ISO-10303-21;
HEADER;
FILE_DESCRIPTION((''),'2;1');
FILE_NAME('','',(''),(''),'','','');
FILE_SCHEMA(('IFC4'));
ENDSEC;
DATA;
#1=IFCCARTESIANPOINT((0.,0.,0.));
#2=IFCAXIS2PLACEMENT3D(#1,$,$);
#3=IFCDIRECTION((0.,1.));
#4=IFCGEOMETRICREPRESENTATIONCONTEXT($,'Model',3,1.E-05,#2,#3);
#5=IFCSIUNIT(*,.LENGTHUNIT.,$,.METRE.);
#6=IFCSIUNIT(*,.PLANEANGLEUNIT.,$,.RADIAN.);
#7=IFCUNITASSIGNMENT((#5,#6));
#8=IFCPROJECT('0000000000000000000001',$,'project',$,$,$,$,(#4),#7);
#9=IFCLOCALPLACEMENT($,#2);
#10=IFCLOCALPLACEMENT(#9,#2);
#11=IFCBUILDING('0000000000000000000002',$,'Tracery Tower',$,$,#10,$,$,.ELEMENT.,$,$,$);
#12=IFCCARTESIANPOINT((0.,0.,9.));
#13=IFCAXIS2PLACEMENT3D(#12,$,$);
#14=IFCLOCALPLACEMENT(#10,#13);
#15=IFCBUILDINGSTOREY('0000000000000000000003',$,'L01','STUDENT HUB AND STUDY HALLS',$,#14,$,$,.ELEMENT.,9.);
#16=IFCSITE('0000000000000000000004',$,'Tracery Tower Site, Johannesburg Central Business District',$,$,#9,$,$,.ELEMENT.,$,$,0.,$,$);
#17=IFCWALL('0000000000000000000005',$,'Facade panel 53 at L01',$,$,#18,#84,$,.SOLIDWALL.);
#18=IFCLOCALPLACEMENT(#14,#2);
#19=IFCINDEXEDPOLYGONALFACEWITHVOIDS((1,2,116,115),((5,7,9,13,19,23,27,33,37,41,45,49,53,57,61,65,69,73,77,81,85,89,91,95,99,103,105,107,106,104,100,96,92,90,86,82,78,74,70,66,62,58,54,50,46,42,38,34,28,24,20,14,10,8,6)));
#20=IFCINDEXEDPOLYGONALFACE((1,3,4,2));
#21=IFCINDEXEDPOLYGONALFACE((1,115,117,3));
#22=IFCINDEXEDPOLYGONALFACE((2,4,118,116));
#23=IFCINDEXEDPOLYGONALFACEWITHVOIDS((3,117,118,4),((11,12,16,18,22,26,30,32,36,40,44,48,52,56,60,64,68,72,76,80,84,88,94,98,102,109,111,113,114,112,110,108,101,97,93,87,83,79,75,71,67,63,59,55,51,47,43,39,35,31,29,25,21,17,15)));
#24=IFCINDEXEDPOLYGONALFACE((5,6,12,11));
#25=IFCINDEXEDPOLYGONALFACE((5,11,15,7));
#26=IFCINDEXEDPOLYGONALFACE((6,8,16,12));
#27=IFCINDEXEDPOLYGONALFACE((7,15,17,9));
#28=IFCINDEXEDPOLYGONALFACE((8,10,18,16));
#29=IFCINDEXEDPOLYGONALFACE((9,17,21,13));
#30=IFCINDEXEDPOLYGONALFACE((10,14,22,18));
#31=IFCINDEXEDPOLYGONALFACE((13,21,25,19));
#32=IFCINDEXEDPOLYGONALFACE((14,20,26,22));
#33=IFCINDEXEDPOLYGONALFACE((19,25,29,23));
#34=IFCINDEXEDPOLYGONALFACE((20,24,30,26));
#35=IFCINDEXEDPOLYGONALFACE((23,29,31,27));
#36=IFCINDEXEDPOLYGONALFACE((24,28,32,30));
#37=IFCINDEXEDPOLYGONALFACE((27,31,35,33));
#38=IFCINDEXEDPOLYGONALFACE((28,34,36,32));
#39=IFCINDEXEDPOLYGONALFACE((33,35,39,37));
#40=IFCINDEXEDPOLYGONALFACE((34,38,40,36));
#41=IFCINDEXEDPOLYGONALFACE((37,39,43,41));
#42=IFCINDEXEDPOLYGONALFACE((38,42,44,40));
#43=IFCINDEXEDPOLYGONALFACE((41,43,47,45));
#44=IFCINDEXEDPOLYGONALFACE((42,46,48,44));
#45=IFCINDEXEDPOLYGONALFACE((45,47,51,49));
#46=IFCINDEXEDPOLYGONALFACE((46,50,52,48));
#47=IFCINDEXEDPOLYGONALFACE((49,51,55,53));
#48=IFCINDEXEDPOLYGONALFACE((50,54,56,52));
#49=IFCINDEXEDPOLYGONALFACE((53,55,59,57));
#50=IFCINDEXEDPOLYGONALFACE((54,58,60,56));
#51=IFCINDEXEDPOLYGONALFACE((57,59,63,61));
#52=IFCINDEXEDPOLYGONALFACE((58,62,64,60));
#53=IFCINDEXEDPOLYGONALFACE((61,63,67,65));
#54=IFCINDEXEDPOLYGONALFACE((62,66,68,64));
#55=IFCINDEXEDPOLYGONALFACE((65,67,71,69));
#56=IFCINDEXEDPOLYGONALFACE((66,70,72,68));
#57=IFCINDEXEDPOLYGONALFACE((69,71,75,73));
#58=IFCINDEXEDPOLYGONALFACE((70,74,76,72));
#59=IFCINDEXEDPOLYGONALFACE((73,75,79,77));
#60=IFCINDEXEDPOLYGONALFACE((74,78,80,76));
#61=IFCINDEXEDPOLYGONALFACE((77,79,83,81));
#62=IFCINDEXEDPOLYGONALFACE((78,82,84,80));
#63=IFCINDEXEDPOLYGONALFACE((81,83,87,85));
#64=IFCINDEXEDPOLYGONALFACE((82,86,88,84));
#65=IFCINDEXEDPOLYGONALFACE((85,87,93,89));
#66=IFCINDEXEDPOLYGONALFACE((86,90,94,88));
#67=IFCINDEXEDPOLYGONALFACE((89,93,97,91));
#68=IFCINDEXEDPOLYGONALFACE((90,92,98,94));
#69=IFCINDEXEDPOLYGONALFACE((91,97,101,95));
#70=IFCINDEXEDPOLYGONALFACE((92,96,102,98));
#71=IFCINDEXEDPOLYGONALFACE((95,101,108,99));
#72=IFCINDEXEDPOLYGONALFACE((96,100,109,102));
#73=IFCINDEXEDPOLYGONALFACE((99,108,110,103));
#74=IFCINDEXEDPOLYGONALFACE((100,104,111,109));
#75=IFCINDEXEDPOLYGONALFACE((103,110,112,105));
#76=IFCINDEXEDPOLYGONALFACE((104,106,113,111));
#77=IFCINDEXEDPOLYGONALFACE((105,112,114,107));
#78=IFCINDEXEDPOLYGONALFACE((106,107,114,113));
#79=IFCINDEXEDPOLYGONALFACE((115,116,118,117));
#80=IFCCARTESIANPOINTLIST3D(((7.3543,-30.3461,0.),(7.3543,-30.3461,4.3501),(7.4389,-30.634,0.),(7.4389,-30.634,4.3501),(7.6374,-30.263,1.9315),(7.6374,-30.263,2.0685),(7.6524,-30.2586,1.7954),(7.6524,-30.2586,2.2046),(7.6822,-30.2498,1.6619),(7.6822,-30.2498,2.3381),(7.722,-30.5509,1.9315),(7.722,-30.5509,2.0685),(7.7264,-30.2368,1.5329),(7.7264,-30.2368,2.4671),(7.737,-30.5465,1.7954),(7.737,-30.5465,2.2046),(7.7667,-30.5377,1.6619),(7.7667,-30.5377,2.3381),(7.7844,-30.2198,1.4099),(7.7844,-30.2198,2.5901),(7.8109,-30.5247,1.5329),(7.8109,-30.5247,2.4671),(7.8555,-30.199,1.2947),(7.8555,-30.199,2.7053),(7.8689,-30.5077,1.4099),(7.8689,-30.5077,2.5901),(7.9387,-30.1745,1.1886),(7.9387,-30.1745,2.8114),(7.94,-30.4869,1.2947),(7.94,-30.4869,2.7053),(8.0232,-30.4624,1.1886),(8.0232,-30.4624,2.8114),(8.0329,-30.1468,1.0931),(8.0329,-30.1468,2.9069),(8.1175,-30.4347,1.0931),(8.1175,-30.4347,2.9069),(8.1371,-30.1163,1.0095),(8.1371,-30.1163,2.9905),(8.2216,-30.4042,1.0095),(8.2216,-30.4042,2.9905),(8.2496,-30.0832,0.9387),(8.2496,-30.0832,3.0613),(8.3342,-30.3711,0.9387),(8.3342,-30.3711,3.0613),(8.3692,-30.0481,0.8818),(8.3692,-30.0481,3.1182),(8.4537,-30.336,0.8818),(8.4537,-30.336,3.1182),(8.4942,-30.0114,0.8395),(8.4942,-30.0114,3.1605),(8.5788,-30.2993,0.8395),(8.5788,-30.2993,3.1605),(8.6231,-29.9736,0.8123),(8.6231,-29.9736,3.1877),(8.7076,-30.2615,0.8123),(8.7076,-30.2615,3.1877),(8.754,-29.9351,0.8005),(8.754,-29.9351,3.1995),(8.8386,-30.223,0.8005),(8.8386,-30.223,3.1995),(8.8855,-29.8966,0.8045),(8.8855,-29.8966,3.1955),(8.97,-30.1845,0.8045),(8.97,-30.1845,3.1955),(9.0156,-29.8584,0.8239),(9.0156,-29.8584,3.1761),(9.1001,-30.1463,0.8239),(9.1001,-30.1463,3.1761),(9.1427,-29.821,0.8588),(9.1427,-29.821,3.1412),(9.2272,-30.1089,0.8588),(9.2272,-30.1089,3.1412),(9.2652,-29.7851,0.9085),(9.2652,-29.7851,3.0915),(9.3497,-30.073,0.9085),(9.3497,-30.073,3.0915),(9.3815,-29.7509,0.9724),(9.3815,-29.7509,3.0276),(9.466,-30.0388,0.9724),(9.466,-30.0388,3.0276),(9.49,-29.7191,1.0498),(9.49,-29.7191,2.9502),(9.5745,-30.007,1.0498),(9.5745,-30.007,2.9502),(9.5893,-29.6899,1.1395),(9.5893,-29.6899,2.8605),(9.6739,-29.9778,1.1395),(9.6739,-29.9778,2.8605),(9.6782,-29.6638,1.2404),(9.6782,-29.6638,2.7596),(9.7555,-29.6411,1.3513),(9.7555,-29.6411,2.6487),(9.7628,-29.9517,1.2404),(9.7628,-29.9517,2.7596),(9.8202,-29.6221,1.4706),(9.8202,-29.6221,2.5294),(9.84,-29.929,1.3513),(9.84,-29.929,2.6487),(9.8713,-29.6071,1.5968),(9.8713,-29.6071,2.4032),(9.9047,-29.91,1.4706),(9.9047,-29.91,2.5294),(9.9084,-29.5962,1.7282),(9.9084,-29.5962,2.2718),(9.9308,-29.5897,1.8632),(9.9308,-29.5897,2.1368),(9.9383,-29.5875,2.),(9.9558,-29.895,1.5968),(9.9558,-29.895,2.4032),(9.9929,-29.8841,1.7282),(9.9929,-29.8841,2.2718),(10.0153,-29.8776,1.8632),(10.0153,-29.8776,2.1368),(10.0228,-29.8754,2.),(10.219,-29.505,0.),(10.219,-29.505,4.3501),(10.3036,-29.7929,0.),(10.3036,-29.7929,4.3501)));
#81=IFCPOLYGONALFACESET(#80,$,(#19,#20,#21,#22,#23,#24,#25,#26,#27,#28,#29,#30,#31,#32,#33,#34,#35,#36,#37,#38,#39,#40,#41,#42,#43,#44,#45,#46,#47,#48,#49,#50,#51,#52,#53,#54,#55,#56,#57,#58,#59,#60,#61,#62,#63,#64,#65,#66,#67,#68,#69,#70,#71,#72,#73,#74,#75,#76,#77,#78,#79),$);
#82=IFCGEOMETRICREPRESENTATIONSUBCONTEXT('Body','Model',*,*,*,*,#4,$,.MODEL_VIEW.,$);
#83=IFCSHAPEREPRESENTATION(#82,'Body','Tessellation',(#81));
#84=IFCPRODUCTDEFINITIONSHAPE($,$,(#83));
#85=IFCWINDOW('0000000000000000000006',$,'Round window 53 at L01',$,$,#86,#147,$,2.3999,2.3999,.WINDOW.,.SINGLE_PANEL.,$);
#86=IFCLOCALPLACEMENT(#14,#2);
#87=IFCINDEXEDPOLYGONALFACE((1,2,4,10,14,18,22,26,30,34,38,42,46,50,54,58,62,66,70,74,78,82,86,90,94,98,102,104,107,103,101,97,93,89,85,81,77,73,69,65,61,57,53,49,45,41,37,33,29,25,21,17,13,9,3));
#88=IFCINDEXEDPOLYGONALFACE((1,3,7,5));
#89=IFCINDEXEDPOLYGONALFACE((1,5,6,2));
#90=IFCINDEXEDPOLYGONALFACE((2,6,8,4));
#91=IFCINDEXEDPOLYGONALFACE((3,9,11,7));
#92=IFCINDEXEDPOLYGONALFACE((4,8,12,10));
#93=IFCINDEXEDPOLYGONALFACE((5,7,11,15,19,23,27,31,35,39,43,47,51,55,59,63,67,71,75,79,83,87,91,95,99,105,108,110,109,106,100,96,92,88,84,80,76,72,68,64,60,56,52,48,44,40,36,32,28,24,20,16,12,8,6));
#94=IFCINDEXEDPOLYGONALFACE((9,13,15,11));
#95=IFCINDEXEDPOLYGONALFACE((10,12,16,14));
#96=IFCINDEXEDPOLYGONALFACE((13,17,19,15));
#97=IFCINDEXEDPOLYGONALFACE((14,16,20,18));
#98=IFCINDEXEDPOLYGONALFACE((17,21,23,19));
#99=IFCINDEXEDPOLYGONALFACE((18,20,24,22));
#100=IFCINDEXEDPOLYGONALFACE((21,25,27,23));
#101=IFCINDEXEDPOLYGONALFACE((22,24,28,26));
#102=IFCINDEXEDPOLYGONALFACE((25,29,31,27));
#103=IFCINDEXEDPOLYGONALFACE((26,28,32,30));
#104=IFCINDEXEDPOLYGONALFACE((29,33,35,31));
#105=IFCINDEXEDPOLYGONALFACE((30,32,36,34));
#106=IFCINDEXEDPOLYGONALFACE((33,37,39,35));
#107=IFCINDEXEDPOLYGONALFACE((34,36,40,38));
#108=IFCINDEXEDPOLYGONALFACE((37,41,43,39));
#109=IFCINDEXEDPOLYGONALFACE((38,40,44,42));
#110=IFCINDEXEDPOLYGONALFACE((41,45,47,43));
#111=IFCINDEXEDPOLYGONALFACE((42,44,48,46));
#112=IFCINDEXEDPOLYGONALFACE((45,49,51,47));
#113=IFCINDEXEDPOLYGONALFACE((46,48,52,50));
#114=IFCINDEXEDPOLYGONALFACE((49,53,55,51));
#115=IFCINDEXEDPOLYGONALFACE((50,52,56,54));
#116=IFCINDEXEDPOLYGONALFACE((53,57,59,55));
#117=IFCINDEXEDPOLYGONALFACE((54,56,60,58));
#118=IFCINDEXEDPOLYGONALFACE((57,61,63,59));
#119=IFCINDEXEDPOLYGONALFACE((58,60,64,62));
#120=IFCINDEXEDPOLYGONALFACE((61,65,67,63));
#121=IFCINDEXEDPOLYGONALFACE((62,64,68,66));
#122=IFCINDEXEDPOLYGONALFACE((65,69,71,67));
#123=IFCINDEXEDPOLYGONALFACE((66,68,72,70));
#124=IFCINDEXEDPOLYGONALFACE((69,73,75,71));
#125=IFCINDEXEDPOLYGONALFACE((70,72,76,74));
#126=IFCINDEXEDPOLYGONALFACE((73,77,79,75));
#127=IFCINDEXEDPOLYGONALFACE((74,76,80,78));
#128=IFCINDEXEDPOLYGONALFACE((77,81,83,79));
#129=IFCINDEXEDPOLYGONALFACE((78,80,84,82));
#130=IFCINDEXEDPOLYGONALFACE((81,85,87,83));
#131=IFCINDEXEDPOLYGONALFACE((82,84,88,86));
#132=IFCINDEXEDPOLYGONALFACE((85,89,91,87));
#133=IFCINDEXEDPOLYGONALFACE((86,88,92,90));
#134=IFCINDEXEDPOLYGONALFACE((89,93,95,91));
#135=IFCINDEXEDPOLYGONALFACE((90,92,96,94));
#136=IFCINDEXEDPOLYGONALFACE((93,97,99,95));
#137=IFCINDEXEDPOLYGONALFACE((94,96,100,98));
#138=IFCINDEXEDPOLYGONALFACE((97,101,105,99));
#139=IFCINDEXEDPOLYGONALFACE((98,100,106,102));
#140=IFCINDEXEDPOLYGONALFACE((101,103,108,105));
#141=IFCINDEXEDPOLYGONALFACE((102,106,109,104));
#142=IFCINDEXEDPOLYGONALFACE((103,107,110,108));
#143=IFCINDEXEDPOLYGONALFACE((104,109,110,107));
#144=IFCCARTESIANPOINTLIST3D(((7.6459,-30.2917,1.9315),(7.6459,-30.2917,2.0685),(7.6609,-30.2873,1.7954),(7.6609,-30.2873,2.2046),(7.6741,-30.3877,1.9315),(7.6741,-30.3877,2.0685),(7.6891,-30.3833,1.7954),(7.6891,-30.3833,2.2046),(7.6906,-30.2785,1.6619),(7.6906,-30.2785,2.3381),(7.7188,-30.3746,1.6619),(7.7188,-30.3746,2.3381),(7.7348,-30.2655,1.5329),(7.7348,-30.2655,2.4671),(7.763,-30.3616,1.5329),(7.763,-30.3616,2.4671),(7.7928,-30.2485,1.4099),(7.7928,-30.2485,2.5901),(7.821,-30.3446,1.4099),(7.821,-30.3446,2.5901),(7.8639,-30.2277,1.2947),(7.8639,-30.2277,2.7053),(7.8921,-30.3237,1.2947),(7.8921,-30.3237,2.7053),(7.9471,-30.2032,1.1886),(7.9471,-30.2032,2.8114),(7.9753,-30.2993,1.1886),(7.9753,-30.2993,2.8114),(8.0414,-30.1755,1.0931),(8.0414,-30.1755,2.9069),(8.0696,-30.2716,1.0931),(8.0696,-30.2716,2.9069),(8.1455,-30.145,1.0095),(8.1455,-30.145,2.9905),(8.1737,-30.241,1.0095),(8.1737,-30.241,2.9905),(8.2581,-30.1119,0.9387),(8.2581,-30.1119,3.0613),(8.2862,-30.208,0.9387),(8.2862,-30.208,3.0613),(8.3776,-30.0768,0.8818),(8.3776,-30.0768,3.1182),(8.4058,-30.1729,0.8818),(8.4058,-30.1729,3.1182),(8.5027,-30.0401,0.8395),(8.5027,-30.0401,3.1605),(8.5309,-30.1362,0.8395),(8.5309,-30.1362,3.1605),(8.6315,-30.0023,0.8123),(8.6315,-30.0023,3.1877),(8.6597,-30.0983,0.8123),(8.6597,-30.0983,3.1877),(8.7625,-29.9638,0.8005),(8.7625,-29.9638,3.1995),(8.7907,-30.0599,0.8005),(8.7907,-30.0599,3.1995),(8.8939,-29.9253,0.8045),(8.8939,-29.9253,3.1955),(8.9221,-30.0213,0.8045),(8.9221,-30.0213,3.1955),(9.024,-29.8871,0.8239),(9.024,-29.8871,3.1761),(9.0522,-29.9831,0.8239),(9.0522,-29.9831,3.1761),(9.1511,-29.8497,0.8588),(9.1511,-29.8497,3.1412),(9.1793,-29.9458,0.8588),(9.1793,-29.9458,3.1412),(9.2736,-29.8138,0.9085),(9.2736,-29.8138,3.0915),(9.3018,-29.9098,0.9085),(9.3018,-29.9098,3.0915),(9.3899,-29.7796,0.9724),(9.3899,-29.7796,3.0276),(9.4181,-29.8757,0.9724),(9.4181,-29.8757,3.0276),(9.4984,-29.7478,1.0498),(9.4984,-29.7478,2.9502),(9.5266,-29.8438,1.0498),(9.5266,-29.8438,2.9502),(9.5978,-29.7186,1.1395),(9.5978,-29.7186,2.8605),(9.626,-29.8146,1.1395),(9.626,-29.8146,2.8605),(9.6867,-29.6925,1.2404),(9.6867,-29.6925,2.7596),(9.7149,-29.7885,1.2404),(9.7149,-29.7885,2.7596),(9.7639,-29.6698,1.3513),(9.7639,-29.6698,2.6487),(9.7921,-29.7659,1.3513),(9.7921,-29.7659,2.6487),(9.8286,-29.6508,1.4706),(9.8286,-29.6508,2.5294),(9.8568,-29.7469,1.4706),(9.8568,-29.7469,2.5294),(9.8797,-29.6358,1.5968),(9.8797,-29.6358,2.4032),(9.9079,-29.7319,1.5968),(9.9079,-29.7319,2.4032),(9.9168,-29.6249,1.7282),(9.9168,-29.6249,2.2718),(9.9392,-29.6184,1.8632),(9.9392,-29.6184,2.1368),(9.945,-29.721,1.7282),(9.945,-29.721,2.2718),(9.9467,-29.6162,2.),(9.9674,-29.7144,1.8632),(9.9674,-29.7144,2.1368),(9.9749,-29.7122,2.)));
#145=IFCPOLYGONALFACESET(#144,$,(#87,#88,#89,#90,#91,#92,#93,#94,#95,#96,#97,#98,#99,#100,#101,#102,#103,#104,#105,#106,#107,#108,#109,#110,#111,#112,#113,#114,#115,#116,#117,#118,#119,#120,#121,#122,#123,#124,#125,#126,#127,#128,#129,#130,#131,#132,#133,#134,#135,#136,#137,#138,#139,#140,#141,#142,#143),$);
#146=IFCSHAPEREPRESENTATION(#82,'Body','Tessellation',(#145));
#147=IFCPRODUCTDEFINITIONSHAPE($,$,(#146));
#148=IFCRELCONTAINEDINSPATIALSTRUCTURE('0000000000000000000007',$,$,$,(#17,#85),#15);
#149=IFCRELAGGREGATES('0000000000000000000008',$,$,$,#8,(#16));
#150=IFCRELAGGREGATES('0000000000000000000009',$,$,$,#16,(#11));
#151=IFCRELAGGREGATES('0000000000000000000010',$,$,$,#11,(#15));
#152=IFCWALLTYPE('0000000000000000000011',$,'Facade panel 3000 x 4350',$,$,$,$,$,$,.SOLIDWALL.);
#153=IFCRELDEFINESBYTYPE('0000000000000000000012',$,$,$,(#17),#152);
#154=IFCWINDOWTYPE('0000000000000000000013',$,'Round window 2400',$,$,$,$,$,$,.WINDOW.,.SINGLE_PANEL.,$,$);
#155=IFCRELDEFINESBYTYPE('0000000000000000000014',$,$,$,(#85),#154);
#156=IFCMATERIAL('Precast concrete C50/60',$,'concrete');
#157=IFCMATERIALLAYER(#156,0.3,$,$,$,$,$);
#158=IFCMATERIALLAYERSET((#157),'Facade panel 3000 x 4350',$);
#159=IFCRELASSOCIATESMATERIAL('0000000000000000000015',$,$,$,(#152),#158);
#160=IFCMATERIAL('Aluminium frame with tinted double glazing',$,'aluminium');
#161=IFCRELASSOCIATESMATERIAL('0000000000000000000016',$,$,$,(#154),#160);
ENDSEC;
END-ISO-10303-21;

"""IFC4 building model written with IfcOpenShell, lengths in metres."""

from ifc_helpers import new_model, si_unit, direction, frame, frame_2d, origin, origin_2d, place, context, subcontext, project, spatial, rectangle, circle, extrude, material, layer, layer_set, type_object, element, fill, save


model = new_model("IFC4")

# Units and contexts
model_context = context("Model", 3, precision=1e-05, world=origin(), true_north=direction((0.0, 1.0)))
body_context = subcontext(model_context, "Body", "Model", "MODEL_VIEW")
ifc_project = project(units=[si_unit("LENGTHUNIT", "METRE"), si_unit("PLANEANGLEUNIT", "RADIAN")], contexts=[model_context])

# Site, building, storey
site_placement = place(None, origin())
site = spatial("IfcSite", under=ifc_project, at=site_placement, Name="Tracery Tower Site, Johannesburg Central Business District", CompositionType="ELEMENT", RefElevation=0.0)
building_placement = place(site_placement, origin())
building = spatial("IfcBuilding", under=site, at=building_placement, Name="Tracery Tower", CompositionType="ELEMENT")
storey_placement = place(building_placement, frame((0.0, 0.0, 9.0)))
storey = spatial("IfcBuildingStorey", under=building, at=storey_placement, Name="L01", Description="STUDENT HUB AND STUDY HALLS", CompositionType="ELEMENT", Elevation=9.0)

# Wall, opening, window
ifc_material_1 = material(Name="Precast concrete C50/60", Category="concrete")
ifc_layer_1 = layer(ifc_material_1, 0.3)
ifc_layer_set_1 = layer_set([ifc_layer_1], Name="Facade panel 3000 x 4350")
wall_type_1 = type_object("IfcWallType", Name="Facade panel 3000 x 4350", PredefinedType="SOLIDWALL", material=ifc_layer_set_1)
ifc_material_2 = material(Name="Aluminium frame with tinted double glazing", Category="aluminium")
window_type = type_object("IfcWindowType", Name="Round window 2400", PartitioningType="SINGLE_PANEL", PredefinedType="WINDOW", material=ifc_material_2)
wall_1_placement = place(storey_placement, frame((7.3967, -30.49, 0.0), z_axis=(0.0, 0.0, 1.0), x_axis=(0.959502, 0.281701, 0.0)))
wall_1 = element("IfcWall", 1, at=wall_1_placement, inside=storey, type_object=wall_type_1, Name="Facade panel 53 at L01", PredefinedType="SOLIDWALL", context=body_context, shape_type="SweptSolid", body=[
    extrude(rectangle(XDim=2.9856, YDim=0.3, at=frame_2d((1.4927, 0.0))), origin(), (0.0, 0.0, 1.0), 4.3501),
])
opening_1_placement = place(wall_1_placement, frame((1.4929, 0.0, 2.0)))
opening_1 = element("IfcOpeningElement", 2, at=opening_1_placement, cuts=wall_1, PredefinedType="OPENING", context=body_context, shape_type="SweptSolid", body=[
    extrude(circle(Radius=1.2, at=origin_2d()), frame((0.0, 0.1599, 0.0), z_axis=(0.0, -1.0, 0.0), x_axis=(1.0, 0.0, 0.0)), (0.0, 0.0, 1.0), 0.3201),
])
window_1_placement = place(opening_1_placement, origin())
window_1 = element("IfcWindow", 3, at=window_1_placement, inside=storey, type_object=window_type, Name="Round window 53 at L01", OverallHeight=2.3999, OverallWidth=2.3999, PartitioningType="SINGLE_PANEL", PredefinedType="WINDOW", context=body_context, shape_type="SweptSolid", body=[
    extrude(circle(Radius=1.2, at=origin_2d()), frame((0.0, 0.1201, 0.0), z_axis=(0.0, -1.0, 0.0), x_axis=(1.0, 0.0, 0.0)), (0.0, 0.0, 1.0), 0.1001),
])
fill(opening_1, window_1)

save(model, "model.ifc")
